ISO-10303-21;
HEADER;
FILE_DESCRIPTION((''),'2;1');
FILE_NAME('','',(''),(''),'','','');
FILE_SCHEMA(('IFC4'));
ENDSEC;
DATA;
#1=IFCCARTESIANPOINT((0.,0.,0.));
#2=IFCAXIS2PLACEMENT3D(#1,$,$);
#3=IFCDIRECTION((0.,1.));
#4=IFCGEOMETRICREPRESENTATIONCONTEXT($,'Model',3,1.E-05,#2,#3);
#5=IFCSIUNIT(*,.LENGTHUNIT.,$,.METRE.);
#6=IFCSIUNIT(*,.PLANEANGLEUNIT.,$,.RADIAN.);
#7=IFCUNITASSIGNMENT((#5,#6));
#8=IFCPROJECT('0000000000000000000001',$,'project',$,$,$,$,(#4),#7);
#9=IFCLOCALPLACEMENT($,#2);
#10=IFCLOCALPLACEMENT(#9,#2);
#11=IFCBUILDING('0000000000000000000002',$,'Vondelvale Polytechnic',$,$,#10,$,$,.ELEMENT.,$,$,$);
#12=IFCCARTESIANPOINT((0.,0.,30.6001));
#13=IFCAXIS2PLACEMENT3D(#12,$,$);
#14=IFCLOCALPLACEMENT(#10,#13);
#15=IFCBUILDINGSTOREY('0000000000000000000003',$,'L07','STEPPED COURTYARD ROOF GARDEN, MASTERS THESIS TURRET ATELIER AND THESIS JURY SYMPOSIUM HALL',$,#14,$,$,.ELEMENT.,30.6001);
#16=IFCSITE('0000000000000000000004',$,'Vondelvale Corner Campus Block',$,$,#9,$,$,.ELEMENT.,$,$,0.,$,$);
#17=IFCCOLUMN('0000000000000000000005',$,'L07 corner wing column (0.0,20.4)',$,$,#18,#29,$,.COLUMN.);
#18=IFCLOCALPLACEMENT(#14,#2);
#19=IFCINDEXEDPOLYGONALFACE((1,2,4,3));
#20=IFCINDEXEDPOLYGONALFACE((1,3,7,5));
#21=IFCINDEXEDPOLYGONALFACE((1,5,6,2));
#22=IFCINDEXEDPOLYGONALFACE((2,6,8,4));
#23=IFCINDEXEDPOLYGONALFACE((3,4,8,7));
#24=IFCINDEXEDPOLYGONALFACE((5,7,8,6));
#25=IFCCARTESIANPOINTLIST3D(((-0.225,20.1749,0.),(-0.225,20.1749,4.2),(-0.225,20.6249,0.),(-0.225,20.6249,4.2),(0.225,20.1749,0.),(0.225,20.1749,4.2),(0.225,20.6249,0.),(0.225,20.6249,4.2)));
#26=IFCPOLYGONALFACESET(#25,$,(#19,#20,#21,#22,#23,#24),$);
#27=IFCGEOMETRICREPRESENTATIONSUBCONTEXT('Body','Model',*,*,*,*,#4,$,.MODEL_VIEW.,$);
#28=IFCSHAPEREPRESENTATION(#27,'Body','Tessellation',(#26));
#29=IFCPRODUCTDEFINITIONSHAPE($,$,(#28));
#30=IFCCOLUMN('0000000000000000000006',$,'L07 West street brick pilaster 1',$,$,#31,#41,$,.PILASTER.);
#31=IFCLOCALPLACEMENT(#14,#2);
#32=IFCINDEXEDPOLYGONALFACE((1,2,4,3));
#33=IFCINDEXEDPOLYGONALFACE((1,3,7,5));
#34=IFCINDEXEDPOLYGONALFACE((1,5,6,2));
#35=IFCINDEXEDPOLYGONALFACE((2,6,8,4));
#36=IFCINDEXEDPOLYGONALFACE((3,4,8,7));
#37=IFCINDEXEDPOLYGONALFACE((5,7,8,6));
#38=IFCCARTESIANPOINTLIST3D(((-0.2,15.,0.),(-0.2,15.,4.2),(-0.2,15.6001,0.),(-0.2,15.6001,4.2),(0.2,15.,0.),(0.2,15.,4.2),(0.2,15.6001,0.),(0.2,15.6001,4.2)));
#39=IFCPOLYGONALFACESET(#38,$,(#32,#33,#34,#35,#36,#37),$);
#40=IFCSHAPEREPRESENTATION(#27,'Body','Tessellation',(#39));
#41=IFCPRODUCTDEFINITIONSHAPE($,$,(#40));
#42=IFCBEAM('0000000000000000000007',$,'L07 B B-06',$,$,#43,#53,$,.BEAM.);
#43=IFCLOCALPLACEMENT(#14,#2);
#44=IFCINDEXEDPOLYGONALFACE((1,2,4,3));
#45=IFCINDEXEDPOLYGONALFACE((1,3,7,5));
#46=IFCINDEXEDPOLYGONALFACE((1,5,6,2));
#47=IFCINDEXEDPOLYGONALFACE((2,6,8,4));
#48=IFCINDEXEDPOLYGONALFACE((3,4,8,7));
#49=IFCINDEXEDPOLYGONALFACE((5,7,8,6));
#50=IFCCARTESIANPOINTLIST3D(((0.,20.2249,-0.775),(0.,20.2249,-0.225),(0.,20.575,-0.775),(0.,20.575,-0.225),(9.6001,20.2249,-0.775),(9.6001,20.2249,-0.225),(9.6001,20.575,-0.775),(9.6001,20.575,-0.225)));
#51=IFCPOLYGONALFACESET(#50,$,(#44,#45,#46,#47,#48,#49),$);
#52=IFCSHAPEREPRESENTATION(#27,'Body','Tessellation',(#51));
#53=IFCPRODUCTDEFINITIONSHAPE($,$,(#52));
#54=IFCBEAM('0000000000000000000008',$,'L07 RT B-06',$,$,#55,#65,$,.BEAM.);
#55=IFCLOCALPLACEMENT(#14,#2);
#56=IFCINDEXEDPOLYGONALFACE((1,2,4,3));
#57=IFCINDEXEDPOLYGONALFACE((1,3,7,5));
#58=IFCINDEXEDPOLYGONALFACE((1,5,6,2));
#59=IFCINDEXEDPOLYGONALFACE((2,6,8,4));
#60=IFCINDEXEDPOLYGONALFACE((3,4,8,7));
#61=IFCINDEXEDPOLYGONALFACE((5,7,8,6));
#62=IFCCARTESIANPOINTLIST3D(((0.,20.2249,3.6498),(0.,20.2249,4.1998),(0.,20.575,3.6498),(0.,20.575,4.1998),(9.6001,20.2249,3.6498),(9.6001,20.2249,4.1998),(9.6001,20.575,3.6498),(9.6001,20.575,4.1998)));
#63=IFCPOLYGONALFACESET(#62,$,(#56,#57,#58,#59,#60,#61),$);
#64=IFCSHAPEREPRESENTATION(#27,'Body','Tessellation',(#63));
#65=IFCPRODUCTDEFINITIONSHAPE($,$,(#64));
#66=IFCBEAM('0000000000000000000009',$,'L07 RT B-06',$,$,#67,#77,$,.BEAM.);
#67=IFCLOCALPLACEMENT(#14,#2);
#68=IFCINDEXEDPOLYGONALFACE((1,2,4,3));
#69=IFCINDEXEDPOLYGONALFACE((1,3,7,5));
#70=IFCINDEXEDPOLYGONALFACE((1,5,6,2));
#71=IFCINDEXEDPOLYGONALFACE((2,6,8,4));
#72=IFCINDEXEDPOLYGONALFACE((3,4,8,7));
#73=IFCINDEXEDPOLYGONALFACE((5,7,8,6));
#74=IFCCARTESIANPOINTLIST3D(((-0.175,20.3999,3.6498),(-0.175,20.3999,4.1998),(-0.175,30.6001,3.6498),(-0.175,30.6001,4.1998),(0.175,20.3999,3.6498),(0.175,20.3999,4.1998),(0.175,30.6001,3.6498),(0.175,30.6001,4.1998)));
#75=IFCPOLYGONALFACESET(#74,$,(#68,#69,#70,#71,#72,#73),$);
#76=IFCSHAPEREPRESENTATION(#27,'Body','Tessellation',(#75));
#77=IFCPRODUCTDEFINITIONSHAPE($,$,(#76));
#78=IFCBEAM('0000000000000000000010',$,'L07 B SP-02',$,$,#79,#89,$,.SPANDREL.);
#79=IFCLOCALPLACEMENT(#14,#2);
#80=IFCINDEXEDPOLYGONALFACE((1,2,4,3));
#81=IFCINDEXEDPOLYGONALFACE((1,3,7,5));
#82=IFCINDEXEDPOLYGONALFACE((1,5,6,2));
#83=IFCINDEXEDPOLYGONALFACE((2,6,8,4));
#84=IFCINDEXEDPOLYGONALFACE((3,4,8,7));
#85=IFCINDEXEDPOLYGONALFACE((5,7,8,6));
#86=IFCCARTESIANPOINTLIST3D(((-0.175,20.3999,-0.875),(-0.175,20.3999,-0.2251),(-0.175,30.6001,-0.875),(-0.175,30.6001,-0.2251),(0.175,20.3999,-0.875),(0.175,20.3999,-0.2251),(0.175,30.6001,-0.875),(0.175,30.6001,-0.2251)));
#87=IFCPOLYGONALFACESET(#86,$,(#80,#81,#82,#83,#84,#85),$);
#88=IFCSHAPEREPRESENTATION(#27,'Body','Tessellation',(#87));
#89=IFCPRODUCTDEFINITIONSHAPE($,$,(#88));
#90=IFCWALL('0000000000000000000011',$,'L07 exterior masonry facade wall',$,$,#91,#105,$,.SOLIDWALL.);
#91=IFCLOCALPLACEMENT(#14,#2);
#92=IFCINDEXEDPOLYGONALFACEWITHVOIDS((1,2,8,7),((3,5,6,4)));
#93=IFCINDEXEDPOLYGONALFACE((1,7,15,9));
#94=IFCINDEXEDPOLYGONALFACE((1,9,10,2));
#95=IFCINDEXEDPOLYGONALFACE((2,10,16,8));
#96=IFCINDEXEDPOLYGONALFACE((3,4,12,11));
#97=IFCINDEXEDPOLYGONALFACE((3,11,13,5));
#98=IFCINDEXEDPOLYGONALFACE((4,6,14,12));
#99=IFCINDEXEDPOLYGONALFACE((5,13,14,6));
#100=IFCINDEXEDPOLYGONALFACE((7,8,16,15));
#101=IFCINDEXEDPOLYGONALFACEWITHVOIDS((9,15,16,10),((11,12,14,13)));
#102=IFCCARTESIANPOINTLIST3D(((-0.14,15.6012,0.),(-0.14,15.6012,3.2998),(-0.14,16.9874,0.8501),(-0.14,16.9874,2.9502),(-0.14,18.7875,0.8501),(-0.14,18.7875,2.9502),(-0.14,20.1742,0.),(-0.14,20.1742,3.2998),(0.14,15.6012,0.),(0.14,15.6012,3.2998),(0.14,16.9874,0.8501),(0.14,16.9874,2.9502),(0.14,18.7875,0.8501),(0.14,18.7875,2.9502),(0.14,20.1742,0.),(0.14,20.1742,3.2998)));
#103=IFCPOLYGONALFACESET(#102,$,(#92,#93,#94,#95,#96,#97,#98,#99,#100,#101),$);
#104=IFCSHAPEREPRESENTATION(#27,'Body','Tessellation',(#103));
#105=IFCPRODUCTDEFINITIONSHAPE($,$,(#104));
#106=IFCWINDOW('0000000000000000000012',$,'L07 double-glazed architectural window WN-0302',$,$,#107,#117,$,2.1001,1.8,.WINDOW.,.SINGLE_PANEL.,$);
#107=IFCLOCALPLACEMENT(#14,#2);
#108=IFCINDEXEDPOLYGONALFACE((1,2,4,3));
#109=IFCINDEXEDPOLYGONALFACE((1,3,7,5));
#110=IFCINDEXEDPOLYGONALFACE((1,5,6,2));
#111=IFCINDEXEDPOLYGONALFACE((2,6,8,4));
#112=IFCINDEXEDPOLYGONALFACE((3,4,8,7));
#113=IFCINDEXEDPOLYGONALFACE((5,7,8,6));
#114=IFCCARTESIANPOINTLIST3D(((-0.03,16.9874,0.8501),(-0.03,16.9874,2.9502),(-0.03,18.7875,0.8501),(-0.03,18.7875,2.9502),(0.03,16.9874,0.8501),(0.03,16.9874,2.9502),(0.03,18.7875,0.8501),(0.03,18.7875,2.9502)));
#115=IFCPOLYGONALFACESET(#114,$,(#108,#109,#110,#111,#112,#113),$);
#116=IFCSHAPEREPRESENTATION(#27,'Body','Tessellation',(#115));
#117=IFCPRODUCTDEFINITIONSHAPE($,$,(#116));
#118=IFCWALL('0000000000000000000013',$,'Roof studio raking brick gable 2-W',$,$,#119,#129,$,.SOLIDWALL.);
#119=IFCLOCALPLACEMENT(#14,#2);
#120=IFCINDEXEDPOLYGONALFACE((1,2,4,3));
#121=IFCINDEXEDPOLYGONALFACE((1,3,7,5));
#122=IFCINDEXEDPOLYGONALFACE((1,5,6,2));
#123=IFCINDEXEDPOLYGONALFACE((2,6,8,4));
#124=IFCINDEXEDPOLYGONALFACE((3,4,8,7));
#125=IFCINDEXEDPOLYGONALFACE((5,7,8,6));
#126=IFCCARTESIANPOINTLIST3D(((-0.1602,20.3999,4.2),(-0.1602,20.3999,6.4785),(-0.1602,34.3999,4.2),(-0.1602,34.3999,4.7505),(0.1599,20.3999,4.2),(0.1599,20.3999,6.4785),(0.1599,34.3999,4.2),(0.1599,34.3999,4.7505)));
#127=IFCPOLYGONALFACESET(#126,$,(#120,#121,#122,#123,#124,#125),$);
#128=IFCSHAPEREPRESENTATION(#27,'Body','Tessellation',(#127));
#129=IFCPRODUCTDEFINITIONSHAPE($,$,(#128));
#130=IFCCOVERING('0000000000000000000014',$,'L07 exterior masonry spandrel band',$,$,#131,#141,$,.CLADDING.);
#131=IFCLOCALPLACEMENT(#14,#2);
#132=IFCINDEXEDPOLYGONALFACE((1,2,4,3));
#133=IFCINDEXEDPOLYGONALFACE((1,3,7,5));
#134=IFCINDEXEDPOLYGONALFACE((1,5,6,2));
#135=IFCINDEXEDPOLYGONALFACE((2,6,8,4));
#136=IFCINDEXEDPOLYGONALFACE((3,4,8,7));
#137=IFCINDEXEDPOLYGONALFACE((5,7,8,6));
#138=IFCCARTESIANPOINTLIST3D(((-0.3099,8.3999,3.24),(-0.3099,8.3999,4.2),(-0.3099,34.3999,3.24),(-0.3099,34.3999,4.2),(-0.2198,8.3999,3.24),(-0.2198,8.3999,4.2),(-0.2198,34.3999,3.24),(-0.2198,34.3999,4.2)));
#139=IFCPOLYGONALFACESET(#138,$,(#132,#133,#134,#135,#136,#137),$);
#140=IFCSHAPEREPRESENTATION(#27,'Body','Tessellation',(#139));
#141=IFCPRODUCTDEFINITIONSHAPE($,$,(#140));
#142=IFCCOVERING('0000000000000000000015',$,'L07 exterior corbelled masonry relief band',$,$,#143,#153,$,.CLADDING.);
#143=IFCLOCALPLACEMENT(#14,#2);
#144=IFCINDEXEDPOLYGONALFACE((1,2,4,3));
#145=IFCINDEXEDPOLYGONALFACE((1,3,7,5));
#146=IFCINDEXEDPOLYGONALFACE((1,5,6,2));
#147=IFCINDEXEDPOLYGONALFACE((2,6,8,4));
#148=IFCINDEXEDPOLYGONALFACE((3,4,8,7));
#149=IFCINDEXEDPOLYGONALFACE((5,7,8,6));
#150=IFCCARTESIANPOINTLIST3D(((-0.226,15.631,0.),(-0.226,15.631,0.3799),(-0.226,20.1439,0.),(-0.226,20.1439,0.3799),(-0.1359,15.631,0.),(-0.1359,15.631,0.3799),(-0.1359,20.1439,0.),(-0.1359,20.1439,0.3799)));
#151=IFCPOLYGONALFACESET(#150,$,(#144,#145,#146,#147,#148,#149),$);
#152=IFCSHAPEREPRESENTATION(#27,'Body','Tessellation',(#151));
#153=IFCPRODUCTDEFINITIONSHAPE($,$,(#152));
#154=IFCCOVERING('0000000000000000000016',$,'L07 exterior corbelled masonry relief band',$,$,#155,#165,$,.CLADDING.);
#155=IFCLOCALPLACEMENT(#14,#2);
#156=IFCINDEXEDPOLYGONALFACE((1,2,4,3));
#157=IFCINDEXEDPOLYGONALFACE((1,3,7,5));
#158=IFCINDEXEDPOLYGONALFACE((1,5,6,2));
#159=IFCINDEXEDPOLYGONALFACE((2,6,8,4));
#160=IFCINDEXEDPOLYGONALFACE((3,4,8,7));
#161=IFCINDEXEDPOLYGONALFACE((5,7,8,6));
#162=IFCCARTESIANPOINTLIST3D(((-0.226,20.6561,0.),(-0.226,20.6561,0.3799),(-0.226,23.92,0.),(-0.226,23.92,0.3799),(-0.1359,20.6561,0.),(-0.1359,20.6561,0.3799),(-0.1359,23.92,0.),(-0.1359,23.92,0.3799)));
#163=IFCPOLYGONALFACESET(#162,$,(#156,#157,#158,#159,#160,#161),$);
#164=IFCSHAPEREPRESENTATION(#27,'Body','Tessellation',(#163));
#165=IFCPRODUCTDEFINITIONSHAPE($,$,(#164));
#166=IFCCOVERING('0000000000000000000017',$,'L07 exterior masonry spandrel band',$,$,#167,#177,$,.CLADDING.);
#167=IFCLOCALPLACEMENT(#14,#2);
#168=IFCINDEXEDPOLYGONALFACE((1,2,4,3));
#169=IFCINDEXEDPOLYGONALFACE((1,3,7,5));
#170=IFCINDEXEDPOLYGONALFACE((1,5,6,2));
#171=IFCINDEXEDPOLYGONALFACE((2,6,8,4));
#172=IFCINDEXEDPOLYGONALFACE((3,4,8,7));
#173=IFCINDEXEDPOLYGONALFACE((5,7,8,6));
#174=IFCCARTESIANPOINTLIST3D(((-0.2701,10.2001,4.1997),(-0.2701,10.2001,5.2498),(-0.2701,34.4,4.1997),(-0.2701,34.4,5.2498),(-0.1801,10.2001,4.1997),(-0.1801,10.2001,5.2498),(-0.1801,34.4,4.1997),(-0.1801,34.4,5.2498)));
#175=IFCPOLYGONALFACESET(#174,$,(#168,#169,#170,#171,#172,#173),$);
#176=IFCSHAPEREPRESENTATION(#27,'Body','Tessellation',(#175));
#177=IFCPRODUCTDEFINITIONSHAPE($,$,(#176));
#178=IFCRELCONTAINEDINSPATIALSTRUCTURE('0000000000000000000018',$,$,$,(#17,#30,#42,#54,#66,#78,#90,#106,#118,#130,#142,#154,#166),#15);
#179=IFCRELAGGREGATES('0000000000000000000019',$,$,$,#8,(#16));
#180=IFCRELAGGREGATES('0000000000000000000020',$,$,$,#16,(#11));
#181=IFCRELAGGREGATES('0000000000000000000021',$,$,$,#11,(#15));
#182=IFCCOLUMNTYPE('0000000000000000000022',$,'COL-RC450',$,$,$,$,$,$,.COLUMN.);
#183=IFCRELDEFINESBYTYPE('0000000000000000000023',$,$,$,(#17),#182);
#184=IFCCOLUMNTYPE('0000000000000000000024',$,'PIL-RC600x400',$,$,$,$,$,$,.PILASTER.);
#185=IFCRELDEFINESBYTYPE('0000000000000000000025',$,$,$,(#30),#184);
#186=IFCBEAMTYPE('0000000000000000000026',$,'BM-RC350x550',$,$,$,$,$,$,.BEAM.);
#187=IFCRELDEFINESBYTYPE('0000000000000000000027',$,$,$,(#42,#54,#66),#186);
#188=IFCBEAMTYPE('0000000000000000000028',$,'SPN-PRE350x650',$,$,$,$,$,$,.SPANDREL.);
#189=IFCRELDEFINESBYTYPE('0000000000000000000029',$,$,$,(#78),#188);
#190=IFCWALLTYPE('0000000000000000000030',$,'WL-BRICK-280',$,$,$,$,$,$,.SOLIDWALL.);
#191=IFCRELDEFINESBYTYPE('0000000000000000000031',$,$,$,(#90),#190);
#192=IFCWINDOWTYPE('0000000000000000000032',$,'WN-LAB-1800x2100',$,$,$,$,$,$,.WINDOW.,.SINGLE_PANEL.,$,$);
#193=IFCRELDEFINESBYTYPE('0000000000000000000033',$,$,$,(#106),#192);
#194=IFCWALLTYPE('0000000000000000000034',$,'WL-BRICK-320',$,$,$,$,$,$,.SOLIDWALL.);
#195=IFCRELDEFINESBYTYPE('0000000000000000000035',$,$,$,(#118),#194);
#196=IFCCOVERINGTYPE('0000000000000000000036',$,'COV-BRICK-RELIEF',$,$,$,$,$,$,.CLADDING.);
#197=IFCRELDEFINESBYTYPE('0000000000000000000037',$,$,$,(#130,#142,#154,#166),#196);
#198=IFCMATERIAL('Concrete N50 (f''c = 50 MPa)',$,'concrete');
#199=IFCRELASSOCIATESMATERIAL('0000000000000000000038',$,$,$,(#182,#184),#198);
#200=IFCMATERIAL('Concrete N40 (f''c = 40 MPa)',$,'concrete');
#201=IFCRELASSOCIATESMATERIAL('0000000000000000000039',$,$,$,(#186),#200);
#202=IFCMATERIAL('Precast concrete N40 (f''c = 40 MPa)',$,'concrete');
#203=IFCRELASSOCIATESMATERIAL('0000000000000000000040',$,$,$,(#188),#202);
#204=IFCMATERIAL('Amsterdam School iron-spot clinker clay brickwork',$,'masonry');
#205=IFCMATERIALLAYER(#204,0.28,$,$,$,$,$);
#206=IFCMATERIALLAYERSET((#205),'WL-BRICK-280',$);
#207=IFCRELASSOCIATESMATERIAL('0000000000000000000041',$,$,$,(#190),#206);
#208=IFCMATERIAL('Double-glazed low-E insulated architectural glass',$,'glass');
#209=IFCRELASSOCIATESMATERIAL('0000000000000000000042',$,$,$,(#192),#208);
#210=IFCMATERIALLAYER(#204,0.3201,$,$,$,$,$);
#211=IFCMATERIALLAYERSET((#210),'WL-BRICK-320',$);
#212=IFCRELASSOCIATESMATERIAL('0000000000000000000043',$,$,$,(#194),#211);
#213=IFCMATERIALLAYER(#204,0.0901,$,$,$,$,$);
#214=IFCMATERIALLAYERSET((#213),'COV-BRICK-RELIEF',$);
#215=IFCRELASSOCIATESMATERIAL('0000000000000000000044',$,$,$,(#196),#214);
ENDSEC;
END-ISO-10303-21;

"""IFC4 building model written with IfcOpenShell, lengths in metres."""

from ifc_helpers import new_model, si_unit, direction, frame, frame_2d, origin, origin_2d, place, context, subcontext, project, spatial, polyline, rectangle, outline, extrude, material, layer, layer_set, material_profile, profile_set, type_object, element, fill, save


model = new_model("IFC4")

# Units and contexts
model_context = context("Model", 3, precision=1e-05, world=origin(), true_north=direction((0.0, 1.0)))
body_context = subcontext(model_context, "Body", "Model", "MODEL_VIEW")
ifc_project = project(units=[si_unit("LENGTHUNIT", "METRE"), si_unit("PLANEANGLEUNIT", "RADIAN")], contexts=[model_context])

# Site, building, storey
site_placement = place(None, origin())
site = spatial("IfcSite", under=ifc_project, at=site_placement, Name="Vondelvale Corner Campus Block", CompositionType="ELEMENT", RefElevation=0.0)
building_placement = place(site_placement, origin())
building = spatial("IfcBuilding", under=site, at=building_placement, Name="Vondelvale Polytechnic", CompositionType="ELEMENT")
storey_placement = place(building_placement, frame((0.0, 0.0, 30.6001)))
storey = spatial("IfcBuildingStorey", under=building, at=storey_placement, Name="L07", Description="STEPPED COURTYARD ROOF GARDEN, MASTERS THESIS TURRET ATELIER AND THESIS JURY SYMPOSIUM HALL", CompositionType="ELEMENT", Elevation=30.6001)

# Columns
ifc_material_1 = material(Name="Concrete N50 (f'c = 50 MPa)", Category="concrete")
ifc_material_profile_1 = material_profile(ifc_material_1, rectangle(XDim=0.45, YDim=0.45, at=origin_2d()), Name="RC-COL-450x450")
ifc_profile_set_1 = profile_set([ifc_material_profile_1], Name="Concrete N50 (f'c = 50 MPa)")
column_type_1 = type_object("IfcColumnType", Name="COL-RC450", PredefinedType="COLUMN", material=ifc_profile_set_1)
column_1_placement = place(storey_placement, frame((0.0, 20.3999, 0.0), z_axis=(0.0, 0.0, 1.0), x_axis=(1.0, 0.0, 0.0)))
element("IfcColumn", 1, at=column_1_placement, inside=storey, type_object=column_type_1, Name="L07 corner wing column (0.0,20.4)", PredefinedType="COLUMN", context=body_context, shape_type="SweptSolid", body=[
    extrude(rectangle(XDim=0.45, YDim=0.45, at=origin_2d()), origin(), (0.0, 0.0, 1.0), 4.2),
])
ifc_material_profile_2 = material_profile(ifc_material_1, rectangle(XDim=0.3999, YDim=0.6001, at=origin_2d()), Name="RC-PIL-600x400")
ifc_profile_set_2 = profile_set([ifc_material_profile_2], Name="Concrete N50 (f'c = 50 MPa)")
column_type_2 = type_object("IfcColumnType", Name="PIL-RC600x400", PredefinedType="PILASTER", material=ifc_profile_set_2)
column_2_placement = place(storey_placement, frame((0.0, 15.3, 0.0), z_axis=(0.0, 0.0, 1.0), x_axis=(1.0, 0.0, 0.0)))
element("IfcColumn", 2, at=column_2_placement, inside=storey, type_object=column_type_2, Name="L07 West street brick pilaster 1", PredefinedType="PILASTER", context=body_context, shape_type="SweptSolid", body=[
    extrude(rectangle(XDim=0.3999, YDim=0.6001, at=origin_2d()), origin(), (0.0, 0.0, 1.0), 4.2),
])

# Beams
ifc_material_2 = material(Name="Concrete N40 (f'c = 40 MPa)", Category="concrete")
ifc_material_profile_3 = material_profile(ifc_material_2, rectangle(XDim=0.3501, YDim=0.55, at=origin_2d()), Name="RC-BM-350x550")
ifc_profile_set_3 = profile_set([ifc_material_profile_3], Name="Concrete N40 (f'c = 40 MPa)")
beam_type_1 = type_object("IfcBeamType", Name="BM-RC350x550", PredefinedType="BEAM", material=ifc_profile_set_3)
for number, where, z_axis, x_axis, name in (
    (3, (0.0, 20.3999, -0.5), (1.0, 0.0, 0.0), (0.0, 1.0, 0.0), "L07 B B-06"),
    (4, (0.0, 20.3999, 3.9248), (1.0, 0.0, 0.0), (0.0, 1.0, 0.0), "L07 RT B-06"),
):
    element("IfcBeam", number, at=place(storey_placement, frame(where, z_axis=z_axis, x_axis=x_axis)), inside=storey, type_object=beam_type_1, Name=name, PredefinedType="BEAM", context=body_context, shape_type="SweptSolid", body=[
        extrude(rectangle(XDim=0.3501, YDim=0.55, at=origin_2d()), origin(), (0.0, 0.0, 1.0), 9.6001),
    ])
beam_1_placement = place(storey_placement, frame((0.0, 20.3999, 3.9248), z_axis=(0.0, 1.0, 0.0), x_axis=(-1.0, 0.0, 0.0)))
element("IfcBeam", 5, at=beam_1_placement, inside=storey, type_object=beam_type_1, Name="L07 RT B-06", PredefinedType="BEAM", context=body_context, shape_type="SweptSolid", body=[
    extrude(rectangle(XDim=0.3501, YDim=0.55, at=origin_2d()), origin(), (0.0, 0.0, 1.0), 10.2002),
])
ifc_material_3 = material(Name="Precast concrete N40 (f'c = 40 MPa)", Category="concrete")
ifc_material_profile_4 = material_profile(ifc_material_3, rectangle(XDim=0.3501, YDim=0.6499, at=origin_2d()), Name="RC-SPN-350x650")
ifc_profile_set_4 = profile_set([ifc_material_profile_4], Name="Precast concrete N40 (f'c = 40 MPa)")
beam_type_2 = type_object("IfcBeamType", Name="SPN-PRE350x650", PredefinedType="SPANDREL", material=ifc_profile_set_4)
beam_2_placement = place(storey_placement, frame((0.0, 20.3999, -0.55), z_axis=(0.0, 1.0, 0.0), x_axis=(-1.0, 0.0, 0.0)))
element("IfcBeam", 6, at=beam_2_placement, inside=storey, type_object=beam_type_2, Name="L07 B SP-02", PredefinedType="SPANDREL", context=body_context, shape_type="SweptSolid", body=[
    extrude(rectangle(XDim=0.3501, YDim=0.6499, at=origin_2d()), origin(), (0.0, 0.0, 1.0), 10.2002),
])

# Wall, opening, window
ifc_material_4 = material(Name="Amsterdam School iron-spot clinker clay brickwork", Category="masonry")
ifc_layer_1 = layer(ifc_material_4, 0.28)
ifc_layer_set_1 = layer_set([ifc_layer_1], Name="WL-BRICK-280")
wall_type_1 = type_object("IfcWallType", Name="WL-BRICK-280", PredefinedType="SOLIDWALL", material=ifc_layer_set_1)
wall_1_placement = place(storey_placement, frame((0.0, 15.6011, 0.0), z_axis=(0.0, 0.0, 1.0), x_axis=(0.0, 1.0, 0.0)))
wall_1 = element("IfcWall", 7, at=wall_1_placement, inside=storey, type_object=wall_type_1, Name="L07 exterior masonry facade wall", PredefinedType="SOLIDWALL", context=body_context, shape_type="SweptSolid", body=[
    extrude(rectangle(XDim=4.573, YDim=0.28, at=frame_2d((2.2866, 0.0))), origin(), (0.0, 0.0, 1.0), 3.2998),
])
opening_placement = place(wall_1_placement, frame((1.3865, 0.0, 0.8501)))
opening = element("IfcOpeningElement", 8, at=opening_placement, cuts=wall_1, PredefinedType="OPENING", context=body_context, shape_type="SweptSolid", body=[
    extrude(rectangle(XDim=1.8, YDim=2.1001, at=frame_2d((0.8999, 1.05))), frame((0.0, 0.1499, 0.0), z_axis=(0.0, -1.0, 0.0), x_axis=(1.0, 0.0, 0.0)), (0.0, 0.0, 1.0), 0.3),
])
ifc_material_5 = material(Name="Double-glazed low-E insulated architectural glass", Category="glass")
window_type = type_object("IfcWindowType", Name="WN-LAB-1800x2100", PartitioningType="SINGLE_PANEL", PredefinedType="WINDOW", material=ifc_material_5)
window_placement = place(opening_placement, origin())
window = element("IfcWindow", 9, at=window_placement, inside=storey, type_object=window_type, Name="L07 double-glazed architectural window WN-0302", OverallHeight=2.1001, OverallWidth=1.8, PartitioningType="SINGLE_PANEL", PredefinedType="WINDOW", context=body_context, shape_type="SweptSolid", body=[
    extrude(rectangle(XDim=1.8, YDim=2.1001, at=frame_2d((0.8999, 1.05))), frame((0.0, 0.03, 0.0), z_axis=(0.0, -1.0, 0.0), x_axis=(1.0, 0.0, 0.0)), (0.0, 0.0, 1.0), 0.0601),
])
fill(opening, window)

# Wall
ifc_layer_2 = layer(ifc_material_4, 0.3201)
ifc_layer_set_2 = layer_set([ifc_layer_2], Name="WL-BRICK-320")
wall_type_2 = type_object("IfcWallType", Name="WL-BRICK-320", PredefinedType="SOLIDWALL", material=ifc_layer_set_2)
wall_2_placement = place(storey_placement, frame((0.0, 20.3999, 4.2), z_axis=(0.0, 0.0, 1.0), x_axis=(0.0, 1.0, 0.0)))
element("IfcWall", 10, at=wall_2_placement, inside=storey, type_object=wall_type_2, Name="Roof studio raking brick gable 2-W", PredefinedType="SOLIDWALL", context=body_context, shape_type="SweptSolid", body=[
    extrude(outline(polyline([(0.0, 0.0), (14.0, 0.0), (14.0, 0.5505), (0.0, 2.2786), (0.0, 0.0)])), frame((0.0, 0.1602, 0.0), z_axis=(0.0, -1.0, 0.0), x_axis=(1.0, 0.0, 0.0)), (0.0, 0.0, 1.0), 0.3201),
])

# Coverings
ifc_layer_3 = layer(ifc_material_4, 0.0901)
ifc_layer_set_3 = layer_set([ifc_layer_3], Name="COV-BRICK-RELIEF")
covering_type = type_object("IfcCoveringType", Name="COV-BRICK-RELIEF", PredefinedType="CLADDING", material=ifc_layer_set_3)
covering_1_placement = place(storey_placement, frame((-0.2649, 21.3999, 3.24), z_axis=(0.0, 0.0, 1.0), x_axis=(0.0, 1.0, 0.0)))
element("IfcCovering", 11, at=covering_1_placement, inside=storey, type_object=covering_type, Name="L07 exterior masonry spandrel band", PredefinedType="CLADDING", context=body_context, shape_type="SweptSolid", body=[
    extrude(rectangle(XDim=26.0, YDim=0.0901, at=origin_2d()), origin(), (0.0, 0.0, 1.0), 0.96),
])
covering_2_placement = place(storey_placement, frame((-0.1809, 17.8875, 0.0), z_axis=(0.0, 0.0, 1.0), x_axis=(0.0, 1.0, 0.0)))
element("IfcCovering", 12, at=covering_2_placement, inside=storey, type_object=covering_type, Name="L07 exterior corbelled masonry relief band", PredefinedType="CLADDING", context=body_context, shape_type="SweptSolid", body=[
    extrude(rectangle(XDim=4.5129, YDim=0.0901, at=origin_2d()), origin(), (0.0, 0.0, 1.0), 0.3799),
])
covering_3_placement = place(storey_placement, frame((-0.1809, 22.2881, 0.0), z_axis=(0.0, 0.0, 1.0), x_axis=(0.0, 1.0, 0.0)))
element("IfcCovering", 13, at=covering_3_placement, inside=storey, type_object=covering_type, Name="L07 exterior corbelled masonry relief band", PredefinedType="CLADDING", context=body_context, shape_type="SweptSolid", body=[
    extrude(rectangle(XDim=3.2639, YDim=0.0901, at=origin_2d()), origin(), (0.0, 0.0, 1.0), 0.3799),
])
covering_4_placement = place(storey_placement, frame((-0.2251, 22.3, 4.1997), z_axis=(0.0, 0.0, 1.0), x_axis=(0.0, 1.0, 0.0)))
element("IfcCovering", 14, at=covering_4_placement, inside=storey, type_object=covering_type, Name="L07 exterior masonry spandrel band", PredefinedType="CLADDING", context=body_context, shape_type="SweptSolid", body=[
    extrude(rectangle(XDim=24.2, YDim=0.0901, at=origin_2d()), origin(), (0.0, 0.0, 1.0), 1.05),
])

save(model, "model.ifc")
